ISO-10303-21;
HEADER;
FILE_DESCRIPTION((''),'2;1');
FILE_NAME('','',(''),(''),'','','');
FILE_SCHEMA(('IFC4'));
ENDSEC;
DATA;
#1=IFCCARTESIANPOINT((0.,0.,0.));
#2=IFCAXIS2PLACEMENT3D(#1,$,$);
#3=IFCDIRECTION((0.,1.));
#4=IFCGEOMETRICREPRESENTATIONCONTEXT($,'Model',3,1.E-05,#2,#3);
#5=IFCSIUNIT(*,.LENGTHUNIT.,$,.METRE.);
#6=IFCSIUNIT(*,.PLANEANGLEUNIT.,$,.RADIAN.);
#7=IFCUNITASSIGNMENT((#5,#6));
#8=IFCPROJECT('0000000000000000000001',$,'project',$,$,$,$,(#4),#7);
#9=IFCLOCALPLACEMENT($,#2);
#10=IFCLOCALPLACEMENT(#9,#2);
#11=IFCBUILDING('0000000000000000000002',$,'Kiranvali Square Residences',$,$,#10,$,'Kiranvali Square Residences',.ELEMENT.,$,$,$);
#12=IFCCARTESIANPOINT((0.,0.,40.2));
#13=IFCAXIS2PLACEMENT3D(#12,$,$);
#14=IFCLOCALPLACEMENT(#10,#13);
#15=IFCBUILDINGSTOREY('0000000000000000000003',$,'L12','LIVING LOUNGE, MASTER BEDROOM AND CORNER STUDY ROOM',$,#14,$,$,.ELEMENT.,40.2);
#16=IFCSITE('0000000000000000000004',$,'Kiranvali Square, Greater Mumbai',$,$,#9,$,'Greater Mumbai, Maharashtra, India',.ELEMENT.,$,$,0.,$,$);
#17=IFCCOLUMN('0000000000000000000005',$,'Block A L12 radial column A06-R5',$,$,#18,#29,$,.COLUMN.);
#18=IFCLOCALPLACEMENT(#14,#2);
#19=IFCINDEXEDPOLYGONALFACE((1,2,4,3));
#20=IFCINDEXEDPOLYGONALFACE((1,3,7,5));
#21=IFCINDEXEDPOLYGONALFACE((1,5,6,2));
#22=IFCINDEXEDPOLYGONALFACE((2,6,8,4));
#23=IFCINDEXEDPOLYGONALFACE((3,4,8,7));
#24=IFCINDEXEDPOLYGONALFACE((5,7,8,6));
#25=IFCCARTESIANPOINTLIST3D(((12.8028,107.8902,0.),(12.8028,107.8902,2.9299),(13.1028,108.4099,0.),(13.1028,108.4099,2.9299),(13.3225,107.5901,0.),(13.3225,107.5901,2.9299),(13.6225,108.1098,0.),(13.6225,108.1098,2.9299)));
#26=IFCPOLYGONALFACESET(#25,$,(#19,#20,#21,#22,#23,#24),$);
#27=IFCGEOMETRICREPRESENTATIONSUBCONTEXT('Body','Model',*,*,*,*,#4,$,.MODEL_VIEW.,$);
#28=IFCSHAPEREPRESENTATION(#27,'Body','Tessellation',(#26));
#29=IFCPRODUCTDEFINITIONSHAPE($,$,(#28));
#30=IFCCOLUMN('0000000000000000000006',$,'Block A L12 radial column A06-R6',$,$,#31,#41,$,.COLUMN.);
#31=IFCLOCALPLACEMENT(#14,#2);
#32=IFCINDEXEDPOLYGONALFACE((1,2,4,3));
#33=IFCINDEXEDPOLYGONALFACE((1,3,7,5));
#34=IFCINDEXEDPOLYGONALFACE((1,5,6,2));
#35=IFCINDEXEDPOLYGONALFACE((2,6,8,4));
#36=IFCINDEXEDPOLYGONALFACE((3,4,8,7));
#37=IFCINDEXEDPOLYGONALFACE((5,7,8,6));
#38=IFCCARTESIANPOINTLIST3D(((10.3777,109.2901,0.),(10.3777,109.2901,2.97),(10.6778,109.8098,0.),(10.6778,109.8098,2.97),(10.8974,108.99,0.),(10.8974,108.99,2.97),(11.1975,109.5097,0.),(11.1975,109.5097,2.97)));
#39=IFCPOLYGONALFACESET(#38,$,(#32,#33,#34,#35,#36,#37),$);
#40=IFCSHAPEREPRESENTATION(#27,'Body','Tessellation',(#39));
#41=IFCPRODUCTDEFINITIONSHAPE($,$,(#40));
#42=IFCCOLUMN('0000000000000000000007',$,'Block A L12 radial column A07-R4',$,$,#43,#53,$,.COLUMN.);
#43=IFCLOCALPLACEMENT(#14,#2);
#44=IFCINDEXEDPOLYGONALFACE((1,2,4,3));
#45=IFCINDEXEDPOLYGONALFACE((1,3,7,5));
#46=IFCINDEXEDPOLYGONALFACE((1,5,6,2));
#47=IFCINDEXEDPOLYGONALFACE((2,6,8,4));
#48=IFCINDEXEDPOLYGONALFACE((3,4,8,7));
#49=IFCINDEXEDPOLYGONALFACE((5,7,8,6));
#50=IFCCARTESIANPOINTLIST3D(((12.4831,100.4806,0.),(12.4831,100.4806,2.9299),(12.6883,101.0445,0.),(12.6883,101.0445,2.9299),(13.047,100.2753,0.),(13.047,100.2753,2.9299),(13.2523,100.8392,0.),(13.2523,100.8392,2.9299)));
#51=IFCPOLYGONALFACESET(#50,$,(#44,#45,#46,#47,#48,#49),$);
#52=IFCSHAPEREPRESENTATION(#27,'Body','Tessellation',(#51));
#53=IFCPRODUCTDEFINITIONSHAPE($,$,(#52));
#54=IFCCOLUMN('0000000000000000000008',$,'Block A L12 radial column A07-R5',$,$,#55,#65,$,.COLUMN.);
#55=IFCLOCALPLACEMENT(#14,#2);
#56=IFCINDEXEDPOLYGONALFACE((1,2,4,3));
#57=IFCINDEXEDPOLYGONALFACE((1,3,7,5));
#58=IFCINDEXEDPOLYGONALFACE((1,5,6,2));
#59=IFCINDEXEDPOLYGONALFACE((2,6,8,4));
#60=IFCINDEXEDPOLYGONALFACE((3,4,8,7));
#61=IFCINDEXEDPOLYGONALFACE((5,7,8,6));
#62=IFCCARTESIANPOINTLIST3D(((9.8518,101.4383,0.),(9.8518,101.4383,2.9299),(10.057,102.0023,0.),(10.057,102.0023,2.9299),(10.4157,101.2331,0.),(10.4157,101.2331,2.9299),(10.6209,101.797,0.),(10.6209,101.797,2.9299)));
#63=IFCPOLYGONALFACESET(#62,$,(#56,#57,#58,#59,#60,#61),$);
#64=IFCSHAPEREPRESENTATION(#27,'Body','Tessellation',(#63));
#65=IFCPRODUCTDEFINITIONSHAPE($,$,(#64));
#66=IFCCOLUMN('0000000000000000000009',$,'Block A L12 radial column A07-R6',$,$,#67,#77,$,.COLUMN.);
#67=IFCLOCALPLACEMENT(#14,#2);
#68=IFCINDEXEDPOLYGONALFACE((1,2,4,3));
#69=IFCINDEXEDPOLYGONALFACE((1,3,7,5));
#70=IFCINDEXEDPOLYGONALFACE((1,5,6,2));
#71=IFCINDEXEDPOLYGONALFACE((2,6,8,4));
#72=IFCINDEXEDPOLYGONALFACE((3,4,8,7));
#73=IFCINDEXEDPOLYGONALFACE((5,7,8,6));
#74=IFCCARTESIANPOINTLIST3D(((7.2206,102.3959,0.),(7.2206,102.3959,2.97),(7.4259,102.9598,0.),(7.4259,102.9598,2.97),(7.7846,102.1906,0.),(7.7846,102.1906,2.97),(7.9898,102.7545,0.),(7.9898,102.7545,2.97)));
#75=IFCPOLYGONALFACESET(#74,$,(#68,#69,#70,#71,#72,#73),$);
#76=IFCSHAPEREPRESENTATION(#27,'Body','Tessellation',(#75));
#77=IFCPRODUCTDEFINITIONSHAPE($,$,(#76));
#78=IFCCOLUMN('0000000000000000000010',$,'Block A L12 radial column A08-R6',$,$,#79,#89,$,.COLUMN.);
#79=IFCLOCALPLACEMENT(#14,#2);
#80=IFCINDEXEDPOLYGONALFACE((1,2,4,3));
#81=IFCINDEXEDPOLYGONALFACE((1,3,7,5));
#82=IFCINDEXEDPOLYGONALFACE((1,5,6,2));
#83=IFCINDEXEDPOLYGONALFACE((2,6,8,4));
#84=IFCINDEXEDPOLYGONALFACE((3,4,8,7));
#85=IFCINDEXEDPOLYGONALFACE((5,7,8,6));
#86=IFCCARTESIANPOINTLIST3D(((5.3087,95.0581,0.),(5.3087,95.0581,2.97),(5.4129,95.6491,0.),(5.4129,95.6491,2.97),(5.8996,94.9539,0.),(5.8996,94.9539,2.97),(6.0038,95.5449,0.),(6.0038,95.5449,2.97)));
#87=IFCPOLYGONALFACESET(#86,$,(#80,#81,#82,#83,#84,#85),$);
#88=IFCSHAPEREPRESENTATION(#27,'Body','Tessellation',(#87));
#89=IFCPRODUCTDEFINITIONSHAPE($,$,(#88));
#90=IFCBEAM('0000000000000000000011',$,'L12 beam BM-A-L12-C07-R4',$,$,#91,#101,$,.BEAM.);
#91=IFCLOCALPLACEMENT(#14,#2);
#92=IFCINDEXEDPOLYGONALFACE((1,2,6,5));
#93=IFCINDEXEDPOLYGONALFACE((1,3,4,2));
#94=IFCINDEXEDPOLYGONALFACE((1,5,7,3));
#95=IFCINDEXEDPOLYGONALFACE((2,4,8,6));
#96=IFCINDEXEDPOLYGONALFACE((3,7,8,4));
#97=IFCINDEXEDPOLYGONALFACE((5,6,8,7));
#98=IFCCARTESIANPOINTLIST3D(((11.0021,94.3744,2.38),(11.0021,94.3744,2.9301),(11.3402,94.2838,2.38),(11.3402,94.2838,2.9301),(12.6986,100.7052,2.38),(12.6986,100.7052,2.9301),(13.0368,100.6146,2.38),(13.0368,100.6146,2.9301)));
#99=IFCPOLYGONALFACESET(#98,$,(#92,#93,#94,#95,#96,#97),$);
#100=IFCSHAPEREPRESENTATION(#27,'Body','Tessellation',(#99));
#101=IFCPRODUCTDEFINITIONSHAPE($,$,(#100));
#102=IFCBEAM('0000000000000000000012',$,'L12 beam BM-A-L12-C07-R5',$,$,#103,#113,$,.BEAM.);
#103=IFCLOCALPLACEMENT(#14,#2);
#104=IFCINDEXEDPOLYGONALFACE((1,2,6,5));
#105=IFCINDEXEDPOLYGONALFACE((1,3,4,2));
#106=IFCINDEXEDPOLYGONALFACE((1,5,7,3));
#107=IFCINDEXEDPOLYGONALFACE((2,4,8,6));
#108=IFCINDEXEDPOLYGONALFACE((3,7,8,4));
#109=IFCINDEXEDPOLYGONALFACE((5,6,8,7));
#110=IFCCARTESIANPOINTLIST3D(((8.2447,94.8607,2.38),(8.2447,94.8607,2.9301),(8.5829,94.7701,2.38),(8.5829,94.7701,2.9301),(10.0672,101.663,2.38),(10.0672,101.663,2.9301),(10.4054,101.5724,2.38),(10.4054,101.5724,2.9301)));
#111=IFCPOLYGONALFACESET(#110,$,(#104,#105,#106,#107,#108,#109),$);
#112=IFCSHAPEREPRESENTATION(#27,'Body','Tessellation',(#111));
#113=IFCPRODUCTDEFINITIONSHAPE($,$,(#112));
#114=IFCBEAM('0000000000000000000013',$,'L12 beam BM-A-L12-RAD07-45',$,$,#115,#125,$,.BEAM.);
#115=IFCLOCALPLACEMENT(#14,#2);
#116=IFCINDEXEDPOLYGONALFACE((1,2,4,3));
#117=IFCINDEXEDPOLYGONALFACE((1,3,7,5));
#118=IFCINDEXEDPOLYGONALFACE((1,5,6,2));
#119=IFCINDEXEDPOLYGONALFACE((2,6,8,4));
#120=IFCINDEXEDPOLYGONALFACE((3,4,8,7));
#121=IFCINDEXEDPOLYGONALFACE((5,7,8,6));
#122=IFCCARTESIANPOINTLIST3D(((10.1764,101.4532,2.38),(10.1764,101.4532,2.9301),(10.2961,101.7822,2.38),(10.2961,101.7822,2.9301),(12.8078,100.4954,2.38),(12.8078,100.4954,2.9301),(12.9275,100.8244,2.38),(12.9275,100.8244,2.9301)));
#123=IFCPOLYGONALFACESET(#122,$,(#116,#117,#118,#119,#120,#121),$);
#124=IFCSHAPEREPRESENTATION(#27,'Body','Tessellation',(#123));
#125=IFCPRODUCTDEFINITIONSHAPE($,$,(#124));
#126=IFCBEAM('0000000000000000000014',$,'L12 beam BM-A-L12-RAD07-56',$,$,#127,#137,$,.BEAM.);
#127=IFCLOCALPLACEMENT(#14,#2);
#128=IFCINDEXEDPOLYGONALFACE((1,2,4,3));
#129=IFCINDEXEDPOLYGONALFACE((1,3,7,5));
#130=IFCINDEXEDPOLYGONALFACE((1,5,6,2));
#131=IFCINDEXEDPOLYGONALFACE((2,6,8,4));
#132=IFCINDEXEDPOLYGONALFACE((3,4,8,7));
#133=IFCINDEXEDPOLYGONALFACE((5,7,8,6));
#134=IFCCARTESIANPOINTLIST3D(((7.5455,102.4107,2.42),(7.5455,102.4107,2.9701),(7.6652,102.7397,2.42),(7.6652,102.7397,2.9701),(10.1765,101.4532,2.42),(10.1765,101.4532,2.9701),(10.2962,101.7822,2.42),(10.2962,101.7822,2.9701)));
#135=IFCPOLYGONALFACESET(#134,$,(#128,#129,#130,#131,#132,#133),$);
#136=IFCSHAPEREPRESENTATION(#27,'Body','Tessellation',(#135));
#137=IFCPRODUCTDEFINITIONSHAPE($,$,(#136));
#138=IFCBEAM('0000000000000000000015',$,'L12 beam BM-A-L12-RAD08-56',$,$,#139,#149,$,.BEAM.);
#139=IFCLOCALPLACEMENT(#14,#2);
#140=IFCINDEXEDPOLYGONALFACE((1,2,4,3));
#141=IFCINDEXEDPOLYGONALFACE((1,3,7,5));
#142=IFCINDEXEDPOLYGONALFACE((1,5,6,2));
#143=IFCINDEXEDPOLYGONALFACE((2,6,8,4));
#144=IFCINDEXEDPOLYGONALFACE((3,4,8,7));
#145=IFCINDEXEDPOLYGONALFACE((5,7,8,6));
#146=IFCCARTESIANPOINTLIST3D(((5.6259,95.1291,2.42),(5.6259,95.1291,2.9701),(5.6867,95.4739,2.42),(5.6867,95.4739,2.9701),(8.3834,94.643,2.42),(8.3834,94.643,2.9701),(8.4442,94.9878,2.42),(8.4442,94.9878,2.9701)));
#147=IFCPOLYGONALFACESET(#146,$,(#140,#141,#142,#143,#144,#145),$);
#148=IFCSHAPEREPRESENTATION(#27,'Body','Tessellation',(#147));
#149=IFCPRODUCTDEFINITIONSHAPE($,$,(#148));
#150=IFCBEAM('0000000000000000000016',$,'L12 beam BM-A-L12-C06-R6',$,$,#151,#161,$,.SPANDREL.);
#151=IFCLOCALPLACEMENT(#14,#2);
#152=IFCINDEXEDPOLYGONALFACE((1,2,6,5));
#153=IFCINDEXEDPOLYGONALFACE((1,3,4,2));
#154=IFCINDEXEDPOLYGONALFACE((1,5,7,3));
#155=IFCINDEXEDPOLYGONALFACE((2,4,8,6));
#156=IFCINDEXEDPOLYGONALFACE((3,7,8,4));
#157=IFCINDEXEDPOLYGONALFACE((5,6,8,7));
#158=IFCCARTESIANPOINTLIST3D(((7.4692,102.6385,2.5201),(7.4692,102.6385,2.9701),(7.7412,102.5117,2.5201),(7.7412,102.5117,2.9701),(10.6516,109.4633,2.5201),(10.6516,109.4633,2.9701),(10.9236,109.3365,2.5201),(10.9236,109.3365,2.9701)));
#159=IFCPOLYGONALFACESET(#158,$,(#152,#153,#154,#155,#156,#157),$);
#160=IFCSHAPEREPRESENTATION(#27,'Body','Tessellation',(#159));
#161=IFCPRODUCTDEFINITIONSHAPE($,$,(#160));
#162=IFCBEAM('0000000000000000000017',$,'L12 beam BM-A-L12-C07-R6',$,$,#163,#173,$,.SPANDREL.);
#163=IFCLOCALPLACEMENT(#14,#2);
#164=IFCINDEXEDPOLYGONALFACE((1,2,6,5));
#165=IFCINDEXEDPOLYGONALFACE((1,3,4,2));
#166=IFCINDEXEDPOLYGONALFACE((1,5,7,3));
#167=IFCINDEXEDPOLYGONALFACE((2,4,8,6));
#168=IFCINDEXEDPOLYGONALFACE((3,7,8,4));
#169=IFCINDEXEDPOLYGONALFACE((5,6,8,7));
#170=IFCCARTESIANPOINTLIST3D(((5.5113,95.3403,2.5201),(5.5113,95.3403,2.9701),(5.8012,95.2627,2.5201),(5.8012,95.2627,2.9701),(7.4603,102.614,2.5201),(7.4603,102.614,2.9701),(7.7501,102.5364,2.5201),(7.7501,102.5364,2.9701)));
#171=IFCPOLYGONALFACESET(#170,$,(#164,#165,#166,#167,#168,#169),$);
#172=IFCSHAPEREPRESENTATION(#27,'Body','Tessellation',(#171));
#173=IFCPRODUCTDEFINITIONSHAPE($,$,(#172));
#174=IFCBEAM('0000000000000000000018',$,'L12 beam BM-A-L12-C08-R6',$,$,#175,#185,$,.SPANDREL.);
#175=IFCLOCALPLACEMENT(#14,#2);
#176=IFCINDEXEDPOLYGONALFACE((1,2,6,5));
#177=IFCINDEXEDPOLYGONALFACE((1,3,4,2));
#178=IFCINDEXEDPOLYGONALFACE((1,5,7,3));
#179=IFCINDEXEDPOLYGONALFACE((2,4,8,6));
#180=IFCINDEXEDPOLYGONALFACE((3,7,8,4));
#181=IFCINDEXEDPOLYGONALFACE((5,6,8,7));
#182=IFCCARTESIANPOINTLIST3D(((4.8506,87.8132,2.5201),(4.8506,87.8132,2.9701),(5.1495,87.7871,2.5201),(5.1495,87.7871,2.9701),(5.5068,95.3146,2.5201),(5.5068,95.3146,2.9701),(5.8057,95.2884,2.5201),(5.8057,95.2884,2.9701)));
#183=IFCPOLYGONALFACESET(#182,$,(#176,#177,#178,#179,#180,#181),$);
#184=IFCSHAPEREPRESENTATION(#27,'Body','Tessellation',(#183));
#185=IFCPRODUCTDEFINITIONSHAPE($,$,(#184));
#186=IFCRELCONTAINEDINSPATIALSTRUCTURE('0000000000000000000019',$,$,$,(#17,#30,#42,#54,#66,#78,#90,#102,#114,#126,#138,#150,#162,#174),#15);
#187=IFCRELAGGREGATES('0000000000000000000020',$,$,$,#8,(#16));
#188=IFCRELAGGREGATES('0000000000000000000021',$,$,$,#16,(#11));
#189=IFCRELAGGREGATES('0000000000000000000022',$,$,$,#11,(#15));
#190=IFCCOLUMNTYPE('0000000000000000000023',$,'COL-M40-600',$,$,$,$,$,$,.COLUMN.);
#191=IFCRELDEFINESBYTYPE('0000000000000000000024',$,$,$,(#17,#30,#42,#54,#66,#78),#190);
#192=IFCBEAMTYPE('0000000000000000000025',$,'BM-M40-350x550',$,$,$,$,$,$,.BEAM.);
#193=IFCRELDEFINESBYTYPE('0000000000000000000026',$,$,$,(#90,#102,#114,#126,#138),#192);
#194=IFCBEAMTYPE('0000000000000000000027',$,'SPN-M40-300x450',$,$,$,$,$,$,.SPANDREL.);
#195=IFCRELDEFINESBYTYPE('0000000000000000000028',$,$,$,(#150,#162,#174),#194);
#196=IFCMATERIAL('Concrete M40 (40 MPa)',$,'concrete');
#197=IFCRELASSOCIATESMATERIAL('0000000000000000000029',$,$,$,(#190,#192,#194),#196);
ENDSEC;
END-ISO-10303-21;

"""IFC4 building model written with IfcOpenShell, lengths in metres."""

from ifc_helpers import new_model, si_unit, direction, frame, origin, origin_2d, place, context, subcontext, project, spatial, rectangle, extrude, material, material_profile, profile_set, type_object, element, save


model = new_model("IFC4")

# Units and contexts
model_context = context("Model", 3, precision=1e-05, world=origin(), true_north=direction((0.0, 1.0)))
body_context = subcontext(model_context, "Body", "Model", "MODEL_VIEW")
ifc_project = project(units=[si_unit("LENGTHUNIT", "METRE"), si_unit("PLANEANGLEUNIT", "RADIAN")], contexts=[model_context])

# Site, building, storey
site_placement = place(None, origin())
site = spatial("IfcSite", under=ifc_project, at=site_placement, Name="Kiranvali Square, Greater Mumbai", LongName="Greater Mumbai, Maharashtra, India", CompositionType="ELEMENT", RefElevation=0.0)
building_placement = place(site_placement, origin())
building = spatial("IfcBuilding", under=site, at=building_placement, Name="Kiranvali Square Residences", LongName="Kiranvali Square Residences", CompositionType="ELEMENT")
storey_placement = place(building_placement, frame((0.0, 0.0, 40.2)))
storey = spatial("IfcBuildingStorey", under=building, at=storey_placement, Name="L12", Description="LIVING LOUNGE, MASTER BEDROOM AND CORNER STUDY ROOM", CompositionType="ELEMENT", Elevation=40.2)

# Columns
ifc_material_1 = material(Name="Concrete M40 (40 MPa)", Category="concrete")
ifc_material_profile_1 = material_profile(ifc_material_1, rectangle(XDim=0.6001, YDim=0.6001, at=origin_2d()), Name="RC 600x600")
ifc_profile_set_1 = profile_set([ifc_material_profile_1], Name="Concrete M40 (40 MPa)")
column_type = type_object("IfcColumnType", Name="COL-M40-600", PredefinedType="COLUMN", material=ifc_profile_set_1)
column_1_placement = place(storey_placement, frame((13.2126, 108.0, 0.0), z_axis=(0.0, 0.0, 1.0), x_axis=(0.5, 0.866025, 0.0)))
element("IfcColumn", 1, at=column_1_placement, inside=storey, type_object=column_type, Name="Block A L12 radial column A06-R5", PredefinedType="COLUMN", context=body_context, shape_type="SweptSolid", body=[
    extrude(rectangle(XDim=0.6001, YDim=0.6001, at=origin_2d()), origin(), (0.0, 0.0, 1.0), 2.9299),
])
column_2_placement = place(storey_placement, frame((10.7876, 109.3999, 0.0), z_axis=(0.0, 0.0, 1.0), x_axis=(0.5, 0.866025, 0.0)))
element("IfcColumn", 2, at=column_2_placement, inside=storey, type_object=column_type, Name="Block A L12 radial column A06-R6", PredefinedType="COLUMN", context=body_context, shape_type="SweptSolid", body=[
    extrude(rectangle(XDim=0.6001, YDim=0.6001, at=origin_2d()), origin(), (0.0, 0.0, 1.0), 2.97),
])
for number, where, z_axis, x_axis, name in (
    (3, (12.8677, 100.6599, 0.0), (0.0, 0.0, 1.0), (0.34202, 0.939693, 0.0), "Block A L12 radial column A07-R4"),
    (4, (10.2363, 101.6177, 0.0), (0.0, 0.0, 1.0), (0.34202, 0.939693, 0.0), "Block A L12 radial column A07-R5"),
):
    element("IfcColumn", number, at=place(storey_placement, frame(where, z_axis=z_axis, x_axis=x_axis)), inside=storey, type_object=column_type, Name=name, PredefinedType="COLUMN", context=body_context, shape_type="SweptSolid", body=[
        extrude(rectangle(XDim=0.6001, YDim=0.6001, at=origin_2d()), origin(), (0.0, 0.0, 1.0), 2.9299),
    ])
for number, where, z_axis, x_axis, name in (
    (5, (7.6052, 102.5752, 0.0), (0.0, 0.0, 1.0), (0.34202, 0.939693, 0.0), "Block A L12 radial column A07-R6"),
    (6, (5.6562, 95.3015, 0.0), (0.0, 0.0, 1.0), (0.173648, 0.984808, 0.0), "Block A L12 radial column A08-R6"),
):
    element("IfcColumn", number, at=place(storey_placement, frame(where, z_axis=z_axis, x_axis=x_axis)), inside=storey, type_object=column_type, Name=name, PredefinedType="COLUMN", context=body_context, shape_type="SweptSolid", body=[
        extrude(rectangle(XDim=0.6001, YDim=0.6001, at=origin_2d()), origin(), (0.0, 0.0, 1.0), 2.97),
    ])

# Beams
ifc_material_profile_2 = material_profile(ifc_material_1, rectangle(XDim=0.3501, YDim=0.55, at=origin_2d()), Name="RC 350x550")
ifc_profile_set_2 = profile_set([ifc_material_profile_2], Name="Concrete M40 (40 MPa)")
beam_type_1 = type_object("IfcBeamType", Name="BM-M40-350x550", PredefinedType="BEAM", material=ifc_profile_set_2)
beam_1_placement = place(storey_placement, frame((12.8677, 100.6599, 2.655), z_axis=(-0.258847, -0.965918, 0.0), x_axis=(0.965918, -0.258847, 0.0)))
element("IfcBeam", 7, at=beam_1_placement, inside=storey, type_object=beam_type_1, Name="L12 beam BM-A-L12-C07-R4", PredefinedType="BEAM", context=body_context, shape_type="SweptSolid", body=[
    extrude(rectangle(XDim=0.3501, YDim=0.55, at=origin_2d()), origin(), (0.0, 0.0, 1.0), 6.5542),
])
beam_2_placement = place(storey_placement, frame((10.2363, 101.6177, 2.655), z_axis=(-0.2588, -0.965931, 0.0), x_axis=(0.965931, -0.2588, 0.0)))
element("IfcBeam", 8, at=beam_2_placement, inside=storey, type_object=beam_type_1, Name="L12 beam BM-A-L12-C07-R5", PredefinedType="BEAM", context=body_context, shape_type="SweptSolid", body=[
    extrude(rectangle(XDim=0.3501, YDim=0.55, at=origin_2d()), origin(), (0.0, 0.0, 1.0), 7.0422),
])
beam_3_placement = place(storey_placement, frame((12.8677, 100.6599, 2.655), z_axis=(-0.939689, 0.34203, 0.0), x_axis=(-0.34203, -0.939689, 0.0)))
element("IfcBeam", 9, at=beam_3_placement, inside=storey, type_object=beam_type_1, Name="L12 beam BM-A-L12-RAD07-45", PredefinedType="BEAM", context=body_context, shape_type="SweptSolid", body=[
    extrude(rectangle(XDim=0.3501, YDim=0.55, at=origin_2d()), origin(), (0.0, 0.0, 1.0), 2.8003),
])
beam_4_placement = place(storey_placement, frame((10.2363, 101.6177, 2.6951), z_axis=(-0.939707, 0.341981, 0.0), x_axis=(-0.341981, -0.939707, 0.0)))
element("IfcBeam", 10, at=beam_4_placement, inside=storey, type_object=beam_type_1, Name="L12 beam BM-A-L12-RAD07-56", PredefinedType="BEAM", context=body_context, shape_type="SweptSolid", body=[
    extrude(rectangle(XDim=0.3501, YDim=0.55, at=origin_2d()), origin(), (0.0, 0.0, 1.0), 2.7998),
])
beam_5_placement = place(storey_placement, frame((8.4138, 94.8154, 2.6951), z_axis=(-0.984817, 0.173596, 0.0), x_axis=(-0.173596, -0.984817, 0.0)))
element("IfcBeam", 11, at=beam_5_placement, inside=storey, type_object=beam_type_1, Name="L12 beam BM-A-L12-RAD08-56", PredefinedType="BEAM", context=body_context, shape_type="SweptSolid", body=[
    extrude(rectangle(XDim=0.3501, YDim=0.55, at=origin_2d()), origin(), (0.0, 0.0, 1.0), 2.8),
])
ifc_material_profile_3 = material_profile(ifc_material_1, rectangle(XDim=0.3, YDim=0.45, at=origin_2d()), Name="RC 300x450")
ifc_profile_set_3 = profile_set([ifc_material_profile_3], Name="Concrete M40 (40 MPa)")
beam_type_2 = type_object("IfcBeamType", Name="SPN-M40-300x450", PredefinedType="SPANDREL", material=ifc_profile_set_3)
for number, where, z_axis, x_axis, name in (
    (12, (10.7876, 109.3999, 2.7451), (-0.422614, -0.90631, 0.0), (0.90631, -0.422614, 0.0), "L12 beam BM-A-L12-C06-R6"),
    (13, (7.6052, 102.5752, 2.7451), (-0.258819, -0.965926, 0.0), (0.965926, -0.258819, 0.0), "L12 beam BM-A-L12-C07-R6"),
):
    element("IfcBeam", number, at=place(storey_placement, frame(where, z_axis=z_axis, x_axis=x_axis)), inside=storey, type_object=beam_type_2, Name=name, PredefinedType="SPANDREL", context=body_context, shape_type="SweptSolid", body=[
        extrude(rectangle(XDim=0.3, YDim=0.45, at=origin_2d()), origin(), (0.0, 0.0, 1.0), 7.5303),
    ])
beam_6_placement = place(storey_placement, frame((5.6562, 95.3015, 2.7451), z_axis=(-0.08715, -0.996195, 0.0), x_axis=(0.996195, -0.08715, 0.0)))
element("IfcBeam", 14, at=beam_6_placement, inside=storey, type_object=beam_type_2, Name="L12 beam BM-A-L12-C08-R6", PredefinedType="SPANDREL", context=body_context, shape_type="SweptSolid", body=[
    extrude(rectangle(XDim=0.3, YDim=0.45, at=origin_2d()), origin(), (0.0, 0.0, 1.0), 7.53),
])

save(model, "model.ifc")
